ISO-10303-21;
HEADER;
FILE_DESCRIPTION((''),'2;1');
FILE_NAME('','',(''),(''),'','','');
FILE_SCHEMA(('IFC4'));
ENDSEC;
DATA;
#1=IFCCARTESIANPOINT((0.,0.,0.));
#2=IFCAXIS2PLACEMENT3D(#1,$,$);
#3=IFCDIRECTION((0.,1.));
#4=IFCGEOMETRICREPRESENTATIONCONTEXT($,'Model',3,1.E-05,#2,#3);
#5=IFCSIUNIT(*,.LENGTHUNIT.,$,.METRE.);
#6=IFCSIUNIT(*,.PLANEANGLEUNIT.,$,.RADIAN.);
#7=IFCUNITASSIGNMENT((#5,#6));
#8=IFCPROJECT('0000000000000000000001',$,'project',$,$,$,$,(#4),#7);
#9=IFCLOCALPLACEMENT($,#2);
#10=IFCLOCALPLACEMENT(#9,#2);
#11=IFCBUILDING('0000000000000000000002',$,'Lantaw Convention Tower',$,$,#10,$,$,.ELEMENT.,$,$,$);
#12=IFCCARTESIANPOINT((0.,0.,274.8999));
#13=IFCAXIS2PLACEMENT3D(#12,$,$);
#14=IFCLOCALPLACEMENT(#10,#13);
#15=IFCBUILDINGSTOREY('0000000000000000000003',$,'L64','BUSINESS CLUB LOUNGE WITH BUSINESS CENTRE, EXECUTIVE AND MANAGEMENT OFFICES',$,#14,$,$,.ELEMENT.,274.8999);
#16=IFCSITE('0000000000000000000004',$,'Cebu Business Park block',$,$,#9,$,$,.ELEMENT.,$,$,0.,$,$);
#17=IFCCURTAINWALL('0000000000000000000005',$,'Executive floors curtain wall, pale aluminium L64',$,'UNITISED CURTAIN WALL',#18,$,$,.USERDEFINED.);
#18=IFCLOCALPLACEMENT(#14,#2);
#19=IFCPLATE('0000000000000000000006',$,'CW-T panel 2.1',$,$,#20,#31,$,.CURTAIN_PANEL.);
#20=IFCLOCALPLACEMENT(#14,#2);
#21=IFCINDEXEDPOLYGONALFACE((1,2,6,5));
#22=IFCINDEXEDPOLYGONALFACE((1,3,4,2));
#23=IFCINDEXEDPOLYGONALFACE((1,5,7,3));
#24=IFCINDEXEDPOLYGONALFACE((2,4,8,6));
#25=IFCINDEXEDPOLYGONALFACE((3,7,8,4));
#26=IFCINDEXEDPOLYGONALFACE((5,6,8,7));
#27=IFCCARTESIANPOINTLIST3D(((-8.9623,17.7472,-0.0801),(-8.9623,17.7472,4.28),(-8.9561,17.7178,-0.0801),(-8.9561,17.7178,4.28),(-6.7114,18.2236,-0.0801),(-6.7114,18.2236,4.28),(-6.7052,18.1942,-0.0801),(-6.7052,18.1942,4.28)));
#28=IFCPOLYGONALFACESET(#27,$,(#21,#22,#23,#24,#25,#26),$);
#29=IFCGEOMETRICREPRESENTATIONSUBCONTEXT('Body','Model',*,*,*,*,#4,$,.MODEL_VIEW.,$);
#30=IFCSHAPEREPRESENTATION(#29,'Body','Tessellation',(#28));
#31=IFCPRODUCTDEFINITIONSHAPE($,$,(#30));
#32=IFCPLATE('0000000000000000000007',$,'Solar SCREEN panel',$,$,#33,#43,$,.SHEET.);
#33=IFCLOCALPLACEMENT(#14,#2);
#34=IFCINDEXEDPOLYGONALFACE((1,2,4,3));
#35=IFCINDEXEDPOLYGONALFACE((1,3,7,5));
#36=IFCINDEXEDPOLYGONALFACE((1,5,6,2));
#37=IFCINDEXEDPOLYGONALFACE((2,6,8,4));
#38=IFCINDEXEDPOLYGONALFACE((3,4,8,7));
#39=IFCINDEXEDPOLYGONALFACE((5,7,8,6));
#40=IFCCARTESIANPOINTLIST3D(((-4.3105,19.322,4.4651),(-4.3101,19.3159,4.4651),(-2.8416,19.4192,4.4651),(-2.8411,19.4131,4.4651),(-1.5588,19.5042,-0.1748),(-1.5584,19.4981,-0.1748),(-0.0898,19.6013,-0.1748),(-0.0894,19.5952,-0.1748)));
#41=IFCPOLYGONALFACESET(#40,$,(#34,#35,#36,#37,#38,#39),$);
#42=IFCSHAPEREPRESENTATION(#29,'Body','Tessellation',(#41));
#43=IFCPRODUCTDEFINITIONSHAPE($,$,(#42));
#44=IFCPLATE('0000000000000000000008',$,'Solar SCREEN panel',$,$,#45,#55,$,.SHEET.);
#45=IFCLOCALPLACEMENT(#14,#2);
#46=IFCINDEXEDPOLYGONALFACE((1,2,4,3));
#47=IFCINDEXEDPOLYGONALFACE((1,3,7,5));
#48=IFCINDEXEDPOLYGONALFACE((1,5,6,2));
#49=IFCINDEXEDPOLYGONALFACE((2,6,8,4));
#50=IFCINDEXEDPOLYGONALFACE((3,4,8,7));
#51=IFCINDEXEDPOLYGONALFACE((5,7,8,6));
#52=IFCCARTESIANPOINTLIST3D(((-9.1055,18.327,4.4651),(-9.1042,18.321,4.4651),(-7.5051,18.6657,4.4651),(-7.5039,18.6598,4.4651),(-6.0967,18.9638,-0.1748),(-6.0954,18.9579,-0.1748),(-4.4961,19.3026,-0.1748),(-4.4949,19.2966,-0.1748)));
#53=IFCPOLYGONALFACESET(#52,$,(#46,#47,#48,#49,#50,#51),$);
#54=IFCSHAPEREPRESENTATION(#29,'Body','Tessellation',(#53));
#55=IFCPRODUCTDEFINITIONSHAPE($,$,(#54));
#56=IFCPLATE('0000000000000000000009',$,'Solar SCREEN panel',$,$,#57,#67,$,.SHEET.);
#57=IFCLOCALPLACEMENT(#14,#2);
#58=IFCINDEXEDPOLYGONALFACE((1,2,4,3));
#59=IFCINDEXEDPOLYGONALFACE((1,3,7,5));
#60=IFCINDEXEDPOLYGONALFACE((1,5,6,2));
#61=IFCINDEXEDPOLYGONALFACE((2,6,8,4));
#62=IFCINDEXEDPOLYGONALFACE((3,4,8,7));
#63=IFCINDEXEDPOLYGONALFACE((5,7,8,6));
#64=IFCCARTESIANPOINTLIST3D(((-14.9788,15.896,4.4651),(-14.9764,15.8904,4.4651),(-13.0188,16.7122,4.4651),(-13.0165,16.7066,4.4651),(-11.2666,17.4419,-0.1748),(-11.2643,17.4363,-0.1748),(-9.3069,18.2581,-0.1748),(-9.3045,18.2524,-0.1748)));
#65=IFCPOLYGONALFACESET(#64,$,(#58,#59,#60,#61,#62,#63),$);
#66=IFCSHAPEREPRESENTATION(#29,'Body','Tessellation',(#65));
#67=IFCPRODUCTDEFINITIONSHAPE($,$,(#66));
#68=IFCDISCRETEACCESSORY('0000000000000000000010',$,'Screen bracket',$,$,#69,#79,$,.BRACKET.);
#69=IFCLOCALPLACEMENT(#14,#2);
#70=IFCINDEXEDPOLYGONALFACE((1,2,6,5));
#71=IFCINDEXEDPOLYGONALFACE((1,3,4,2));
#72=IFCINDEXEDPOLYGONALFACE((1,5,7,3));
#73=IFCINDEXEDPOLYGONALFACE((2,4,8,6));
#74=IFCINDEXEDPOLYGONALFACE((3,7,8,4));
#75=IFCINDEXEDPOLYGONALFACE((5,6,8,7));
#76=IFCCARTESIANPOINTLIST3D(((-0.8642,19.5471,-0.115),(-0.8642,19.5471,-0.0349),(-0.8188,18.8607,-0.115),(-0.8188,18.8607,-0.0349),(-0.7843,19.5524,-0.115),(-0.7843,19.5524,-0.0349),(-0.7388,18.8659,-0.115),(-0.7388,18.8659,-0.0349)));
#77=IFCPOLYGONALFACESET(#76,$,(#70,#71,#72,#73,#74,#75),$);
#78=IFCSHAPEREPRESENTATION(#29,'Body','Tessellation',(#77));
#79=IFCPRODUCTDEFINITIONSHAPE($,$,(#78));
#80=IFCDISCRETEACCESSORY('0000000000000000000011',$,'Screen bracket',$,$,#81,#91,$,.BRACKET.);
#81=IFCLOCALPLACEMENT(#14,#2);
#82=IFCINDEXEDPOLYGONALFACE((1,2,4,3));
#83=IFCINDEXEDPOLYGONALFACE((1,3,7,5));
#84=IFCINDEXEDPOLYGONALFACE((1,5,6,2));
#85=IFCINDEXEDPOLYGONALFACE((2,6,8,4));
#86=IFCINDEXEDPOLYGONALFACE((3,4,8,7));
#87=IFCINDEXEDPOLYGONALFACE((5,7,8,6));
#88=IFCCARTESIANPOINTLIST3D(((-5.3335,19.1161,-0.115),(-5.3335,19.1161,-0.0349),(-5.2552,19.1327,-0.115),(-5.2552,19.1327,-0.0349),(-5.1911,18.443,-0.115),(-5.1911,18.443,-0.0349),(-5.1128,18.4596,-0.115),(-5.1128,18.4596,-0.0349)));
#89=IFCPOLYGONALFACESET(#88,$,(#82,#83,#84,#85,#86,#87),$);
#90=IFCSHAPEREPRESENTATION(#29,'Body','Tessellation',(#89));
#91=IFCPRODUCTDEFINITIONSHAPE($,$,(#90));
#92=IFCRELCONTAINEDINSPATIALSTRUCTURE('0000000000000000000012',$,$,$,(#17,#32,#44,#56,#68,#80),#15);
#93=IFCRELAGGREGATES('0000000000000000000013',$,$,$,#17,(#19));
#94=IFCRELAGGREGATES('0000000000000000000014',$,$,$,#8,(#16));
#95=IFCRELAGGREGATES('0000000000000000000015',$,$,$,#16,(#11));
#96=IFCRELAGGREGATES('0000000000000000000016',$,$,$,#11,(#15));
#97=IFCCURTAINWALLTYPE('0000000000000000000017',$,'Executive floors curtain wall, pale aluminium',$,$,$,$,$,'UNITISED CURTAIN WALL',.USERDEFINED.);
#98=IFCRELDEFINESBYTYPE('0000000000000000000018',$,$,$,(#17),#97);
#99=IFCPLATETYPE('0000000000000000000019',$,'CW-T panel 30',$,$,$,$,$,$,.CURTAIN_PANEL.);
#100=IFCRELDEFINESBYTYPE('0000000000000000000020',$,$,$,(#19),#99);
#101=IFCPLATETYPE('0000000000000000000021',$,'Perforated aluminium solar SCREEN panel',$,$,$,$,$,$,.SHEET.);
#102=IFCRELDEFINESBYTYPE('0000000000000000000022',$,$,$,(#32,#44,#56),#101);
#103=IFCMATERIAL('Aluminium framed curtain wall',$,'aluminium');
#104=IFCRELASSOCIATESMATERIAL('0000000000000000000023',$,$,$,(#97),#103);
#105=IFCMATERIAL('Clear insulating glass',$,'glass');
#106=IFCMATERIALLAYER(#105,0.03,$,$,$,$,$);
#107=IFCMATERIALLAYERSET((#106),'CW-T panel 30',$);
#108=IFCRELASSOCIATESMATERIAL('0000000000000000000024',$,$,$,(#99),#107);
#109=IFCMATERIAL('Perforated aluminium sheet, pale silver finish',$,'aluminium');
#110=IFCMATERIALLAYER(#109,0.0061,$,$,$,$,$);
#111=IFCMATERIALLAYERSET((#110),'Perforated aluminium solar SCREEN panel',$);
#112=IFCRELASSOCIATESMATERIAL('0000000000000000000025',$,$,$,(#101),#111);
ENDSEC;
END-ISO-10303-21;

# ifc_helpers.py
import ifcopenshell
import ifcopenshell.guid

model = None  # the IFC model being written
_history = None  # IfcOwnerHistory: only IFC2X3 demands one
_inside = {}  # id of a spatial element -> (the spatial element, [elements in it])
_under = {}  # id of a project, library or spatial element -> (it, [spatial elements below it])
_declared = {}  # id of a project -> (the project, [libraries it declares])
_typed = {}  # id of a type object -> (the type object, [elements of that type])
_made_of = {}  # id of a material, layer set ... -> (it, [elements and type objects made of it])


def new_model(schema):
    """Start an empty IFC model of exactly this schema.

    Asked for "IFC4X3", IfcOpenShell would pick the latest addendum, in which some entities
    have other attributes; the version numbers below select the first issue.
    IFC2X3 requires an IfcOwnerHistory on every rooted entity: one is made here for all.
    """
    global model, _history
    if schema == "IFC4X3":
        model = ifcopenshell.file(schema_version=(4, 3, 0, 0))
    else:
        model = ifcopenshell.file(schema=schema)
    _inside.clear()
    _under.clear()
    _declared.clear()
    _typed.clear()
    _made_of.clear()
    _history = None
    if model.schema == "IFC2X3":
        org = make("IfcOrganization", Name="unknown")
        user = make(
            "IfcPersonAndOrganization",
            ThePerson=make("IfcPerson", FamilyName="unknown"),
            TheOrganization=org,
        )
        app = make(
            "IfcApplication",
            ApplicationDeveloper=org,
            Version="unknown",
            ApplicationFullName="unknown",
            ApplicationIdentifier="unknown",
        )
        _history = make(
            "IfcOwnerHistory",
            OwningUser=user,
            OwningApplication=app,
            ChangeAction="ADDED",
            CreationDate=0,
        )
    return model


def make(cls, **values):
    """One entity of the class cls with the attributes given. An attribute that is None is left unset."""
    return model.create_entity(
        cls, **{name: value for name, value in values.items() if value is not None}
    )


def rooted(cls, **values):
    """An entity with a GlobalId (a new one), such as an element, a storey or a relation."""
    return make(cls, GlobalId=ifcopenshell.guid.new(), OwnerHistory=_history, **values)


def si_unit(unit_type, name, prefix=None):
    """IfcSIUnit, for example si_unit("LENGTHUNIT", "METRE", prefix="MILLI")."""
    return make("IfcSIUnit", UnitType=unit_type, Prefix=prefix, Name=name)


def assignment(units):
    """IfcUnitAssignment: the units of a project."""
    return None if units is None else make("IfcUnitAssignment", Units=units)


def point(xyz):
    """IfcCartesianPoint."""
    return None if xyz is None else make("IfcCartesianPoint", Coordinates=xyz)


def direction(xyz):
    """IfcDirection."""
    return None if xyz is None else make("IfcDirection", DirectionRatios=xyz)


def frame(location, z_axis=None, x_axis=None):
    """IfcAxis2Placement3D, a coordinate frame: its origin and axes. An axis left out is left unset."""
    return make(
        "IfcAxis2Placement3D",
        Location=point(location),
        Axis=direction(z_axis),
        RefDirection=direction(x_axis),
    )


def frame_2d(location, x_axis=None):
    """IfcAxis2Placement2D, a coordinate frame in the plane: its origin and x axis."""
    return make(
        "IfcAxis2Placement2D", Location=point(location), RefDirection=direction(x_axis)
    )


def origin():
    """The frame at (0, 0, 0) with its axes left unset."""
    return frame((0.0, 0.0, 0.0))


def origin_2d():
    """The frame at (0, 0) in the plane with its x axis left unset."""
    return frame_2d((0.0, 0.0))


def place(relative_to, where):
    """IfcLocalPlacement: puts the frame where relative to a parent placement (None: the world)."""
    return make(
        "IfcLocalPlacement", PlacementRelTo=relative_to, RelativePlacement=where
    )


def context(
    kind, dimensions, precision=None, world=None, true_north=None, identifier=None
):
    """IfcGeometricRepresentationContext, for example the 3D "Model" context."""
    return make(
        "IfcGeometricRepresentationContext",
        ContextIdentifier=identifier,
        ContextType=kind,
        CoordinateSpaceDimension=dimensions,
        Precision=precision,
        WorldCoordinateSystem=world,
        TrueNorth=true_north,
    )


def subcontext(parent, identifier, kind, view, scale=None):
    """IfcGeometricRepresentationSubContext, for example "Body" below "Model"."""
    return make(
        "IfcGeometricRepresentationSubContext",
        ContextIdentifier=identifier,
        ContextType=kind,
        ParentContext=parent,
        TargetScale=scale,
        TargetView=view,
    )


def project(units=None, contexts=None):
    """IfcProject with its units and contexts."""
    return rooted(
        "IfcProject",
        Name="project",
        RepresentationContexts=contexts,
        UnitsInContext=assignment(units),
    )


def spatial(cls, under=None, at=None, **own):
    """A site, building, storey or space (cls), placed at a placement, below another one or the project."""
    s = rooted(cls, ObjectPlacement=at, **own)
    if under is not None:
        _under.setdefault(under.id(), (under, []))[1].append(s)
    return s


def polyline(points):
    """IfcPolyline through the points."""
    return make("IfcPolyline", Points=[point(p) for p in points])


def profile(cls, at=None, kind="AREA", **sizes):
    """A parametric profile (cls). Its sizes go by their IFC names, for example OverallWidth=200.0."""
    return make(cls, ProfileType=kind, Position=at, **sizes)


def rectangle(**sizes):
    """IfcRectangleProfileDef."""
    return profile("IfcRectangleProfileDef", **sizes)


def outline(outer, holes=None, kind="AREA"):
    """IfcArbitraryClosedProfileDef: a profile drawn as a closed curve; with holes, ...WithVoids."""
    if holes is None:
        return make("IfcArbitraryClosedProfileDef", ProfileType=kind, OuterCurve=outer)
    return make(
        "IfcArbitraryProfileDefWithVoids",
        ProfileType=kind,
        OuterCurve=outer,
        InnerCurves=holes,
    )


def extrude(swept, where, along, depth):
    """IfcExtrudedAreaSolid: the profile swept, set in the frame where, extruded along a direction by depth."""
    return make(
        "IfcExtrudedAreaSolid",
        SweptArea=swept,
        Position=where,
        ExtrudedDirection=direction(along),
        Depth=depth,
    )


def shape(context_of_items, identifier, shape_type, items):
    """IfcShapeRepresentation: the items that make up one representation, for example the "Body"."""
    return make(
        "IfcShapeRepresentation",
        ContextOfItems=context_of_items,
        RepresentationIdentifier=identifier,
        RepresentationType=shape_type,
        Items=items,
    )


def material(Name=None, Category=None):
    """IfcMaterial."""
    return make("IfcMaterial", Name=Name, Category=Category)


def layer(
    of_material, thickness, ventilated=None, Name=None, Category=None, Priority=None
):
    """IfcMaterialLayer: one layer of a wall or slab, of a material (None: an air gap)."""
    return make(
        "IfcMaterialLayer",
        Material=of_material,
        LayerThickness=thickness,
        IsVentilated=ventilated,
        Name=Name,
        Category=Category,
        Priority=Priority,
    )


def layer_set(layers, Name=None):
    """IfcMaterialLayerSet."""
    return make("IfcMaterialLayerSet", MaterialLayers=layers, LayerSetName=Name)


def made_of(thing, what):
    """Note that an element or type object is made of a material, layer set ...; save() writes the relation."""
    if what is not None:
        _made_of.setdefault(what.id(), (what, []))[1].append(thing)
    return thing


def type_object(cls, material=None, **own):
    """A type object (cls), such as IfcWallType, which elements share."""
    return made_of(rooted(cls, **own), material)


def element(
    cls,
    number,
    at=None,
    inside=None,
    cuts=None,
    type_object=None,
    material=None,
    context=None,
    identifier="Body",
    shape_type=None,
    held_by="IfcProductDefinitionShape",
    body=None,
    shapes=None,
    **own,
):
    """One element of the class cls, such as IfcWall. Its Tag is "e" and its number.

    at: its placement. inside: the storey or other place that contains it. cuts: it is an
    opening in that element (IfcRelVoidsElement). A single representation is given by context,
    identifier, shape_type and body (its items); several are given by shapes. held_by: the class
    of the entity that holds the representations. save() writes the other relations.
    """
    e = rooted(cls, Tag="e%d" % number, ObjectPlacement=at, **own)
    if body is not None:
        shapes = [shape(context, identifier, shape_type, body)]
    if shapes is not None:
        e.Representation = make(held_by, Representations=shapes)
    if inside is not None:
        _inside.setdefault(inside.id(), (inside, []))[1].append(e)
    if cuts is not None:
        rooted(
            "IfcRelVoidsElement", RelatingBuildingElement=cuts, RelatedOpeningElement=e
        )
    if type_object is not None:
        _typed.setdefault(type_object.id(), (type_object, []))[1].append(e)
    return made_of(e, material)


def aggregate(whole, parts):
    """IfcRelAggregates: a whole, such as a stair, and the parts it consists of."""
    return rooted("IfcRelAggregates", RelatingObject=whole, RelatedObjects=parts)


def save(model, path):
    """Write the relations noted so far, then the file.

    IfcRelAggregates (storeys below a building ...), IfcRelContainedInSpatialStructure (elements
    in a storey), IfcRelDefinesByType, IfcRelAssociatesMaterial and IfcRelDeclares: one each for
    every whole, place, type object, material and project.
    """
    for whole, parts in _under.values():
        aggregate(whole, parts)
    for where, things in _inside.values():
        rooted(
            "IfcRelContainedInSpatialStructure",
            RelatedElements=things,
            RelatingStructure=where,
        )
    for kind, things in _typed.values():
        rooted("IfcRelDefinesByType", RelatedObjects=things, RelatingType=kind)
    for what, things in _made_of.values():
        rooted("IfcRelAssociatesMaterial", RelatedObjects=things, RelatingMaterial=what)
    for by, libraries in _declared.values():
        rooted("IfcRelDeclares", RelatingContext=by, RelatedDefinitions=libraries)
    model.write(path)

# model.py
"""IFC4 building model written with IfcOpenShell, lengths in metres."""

from ifc_helpers import new_model, si_unit, direction, frame, origin, origin_2d, place, context, subcontext, project, spatial, polyline, rectangle, outline, extrude, material, layer, layer_set, type_object, element, aggregate, save


model = new_model("IFC4")

# Units and contexts
model_context = context("Model", 3, precision=1e-05, world=origin(), true_north=direction((0.0, 1.0)))
body_context = subcontext(model_context, "Body", "Model", "MODEL_VIEW")
ifc_project = project(units=[si_unit("LENGTHUNIT", "METRE"), si_unit("PLANEANGLEUNIT", "RADIAN")], contexts=[model_context])

# Site, building, storey
site_placement = place(None, origin())
site = spatial("IfcSite", under=ifc_project, at=site_placement, Name="Cebu Business Park block", CompositionType="ELEMENT", RefElevation=0.0)
building_placement = place(site_placement, origin())
building = spatial("IfcBuilding", under=site, at=building_placement, Name="Lantaw Convention Tower", CompositionType="ELEMENT")
storey_placement = place(building_placement, frame((0.0, 0.0, 274.8999)))
storey = spatial("IfcBuildingStorey", under=building, at=storey_placement, Name="L64", Description="BUSINESS CLUB LOUNGE WITH BUSINESS CENTRE, EXECUTIVE AND MANAGEMENT OFFICES", CompositionType="ELEMENT", Elevation=274.8999)

# Curtain wall
ifc_material_1 = material(Name="Aluminium framed curtain wall", Category="aluminium")
curtain_wall_type = type_object("IfcCurtainWallType", Name="Executive floors curtain wall, pale aluminium", ElementType="UNITISED CURTAIN WALL", PredefinedType="USERDEFINED", material=ifc_material_1)
curtain_wall_1_placement = place(storey_placement, origin())
curtain_wall_1 = element("IfcCurtainWall", 1, at=curtain_wall_1_placement, inside=storey, type_object=curtain_wall_type, Name="Executive floors curtain wall, pale aluminium L64", ObjectType="UNITISED CURTAIN WALL", PredefinedType="USERDEFINED")

# Plate
ifc_material_2 = material(Name="Clear insulating glass", Category="glass")
ifc_layer_1 = layer(ifc_material_2, 0.03)
ifc_layer_set_1 = layer_set([ifc_layer_1], Name="CW-T panel 30")
plate_type_1 = type_object("IfcPlateType", Name="CW-T panel 30", PredefinedType="CURTAIN_PANEL", material=ifc_layer_set_1)
plate_1_placement = place(storey_placement, frame((-7.8337, 17.9707, -0.0801), z_axis=(0.0, 0.0, 1.0), x_axis=(-0.978332, -0.20704, 0.0)))
plate_1 = element("IfcPlate", 2, at=plate_1_placement, type_object=plate_type_1, Name="CW-T panel 2.1", PredefinedType="CURTAIN_PANEL", context=body_context, shape_type="SweptSolid", body=[
    extrude(rectangle(XDim=2.3008, YDim=0.03, at=origin_2d()), origin(), (0.0, 0.0, 1.0), 4.3601),
])
aggregate(curtain_wall_1, [plate_1])

# Plates
ifc_material_3 = material(Name="Perforated aluminium sheet, pale silver finish", Category="aluminium")
ifc_layer_2 = layer(ifc_material_3, 0.0061)
ifc_layer_set_2 = layer_set([ifc_layer_2], Name="Perforated aluminium solar SCREEN panel")
plate_type_2 = type_object("IfcPlateType", Name="Perforated aluminium solar SCREEN panel", PredefinedType="SHEET", material=ifc_layer_set_2)
plate_2_placement = place(storey_placement, frame((-0.0898, 19.6013, -0.1748), z_axis=(-0.066002, 0.99782, 0.000025), x_axis=(-0.99782, -0.066002, 0.0)))
element("IfcPlate", 3, at=plate_2_placement, inside=storey, type_object=plate_type_2, Name="Solar SCREEN panel", PredefinedType="SHEET", context=body_context, shape_type="SweptSolid", body=[
    extrude(outline(polyline([(0.0, 0.0), (1.4722, 0.0), (4.2299, 4.6399), (2.7577, 4.6399), (0.0, 0.0)])), origin(), (0.0, 0.0, -1.0), 0.0061),
])
plate_3_placement = place(storey_placement, frame((-4.4949, 19.2966, -0.1748), z_axis=(0.207067, -0.978327, 0.000002), x_axis=(-0.978327, -0.207067, 0.0)))
element("IfcPlate", 4, at=plate_3_placement, inside=storey, type_object=plate_type_2, Name="Solar SCREEN panel", PredefinedType="SHEET", context=body_context, shape_type="SweptSolid", body=[
    extrude(outline(polyline([(0.0, 0.0), (1.636, 0.0), (4.7115, -4.6399), (3.0757, -4.6399), (0.0, 0.0)])), origin(), (0.0, 0.0, -1.0), 0.0061),
])
plate_4_placement = place(storey_placement, frame((-9.3069, 18.2581, -0.1748), z_axis=(-0.38444, 0.92315, 0.000009), x_axis=(-0.92315, -0.38444, 0.0)))
element("IfcPlate", 5, at=plate_4_placement, inside=storey, type_object=plate_type_2, Name="Solar SCREEN panel", PredefinedType="SHEET", context=body_context, shape_type="SweptSolid", body=[
    extrude(outline(polyline([(0.0, 0.0), (2.1229, 0.0), (6.1441, 4.6399), (4.021, 4.6399), (0.0, 0.0)])), origin(), (0.0, 0.0, -1.0), 0.0061),
])

# Discrete accessories
for number, where, z_axis, x_axis, name in (
    (6, (-0.8015, 19.2065, -0.115), (0.0, 0.0, 1.0), (-0.997818, -0.066025, 0.0), "Screen bracket"),
    (7, (-5.2231, 18.7878, -0.115), (0.0, 0.0, 1.0), (-0.978332, -0.20704, 0.0), "Screen bracket"),
):
    element("IfcDiscreteAccessory", number, at=place(storey_placement, frame(where, z_axis=z_axis, x_axis=x_axis)), inside=storey, Name=name, PredefinedType="BRACKET", context=body_context, shape_type="SweptSolid", body=[
        extrude(rectangle(XDim=0.0801, YDim=0.688, at=origin_2d()), origin(), (0.0, 0.0, 1.0), 0.0801),
    ])

save(model, "model.ifc")
